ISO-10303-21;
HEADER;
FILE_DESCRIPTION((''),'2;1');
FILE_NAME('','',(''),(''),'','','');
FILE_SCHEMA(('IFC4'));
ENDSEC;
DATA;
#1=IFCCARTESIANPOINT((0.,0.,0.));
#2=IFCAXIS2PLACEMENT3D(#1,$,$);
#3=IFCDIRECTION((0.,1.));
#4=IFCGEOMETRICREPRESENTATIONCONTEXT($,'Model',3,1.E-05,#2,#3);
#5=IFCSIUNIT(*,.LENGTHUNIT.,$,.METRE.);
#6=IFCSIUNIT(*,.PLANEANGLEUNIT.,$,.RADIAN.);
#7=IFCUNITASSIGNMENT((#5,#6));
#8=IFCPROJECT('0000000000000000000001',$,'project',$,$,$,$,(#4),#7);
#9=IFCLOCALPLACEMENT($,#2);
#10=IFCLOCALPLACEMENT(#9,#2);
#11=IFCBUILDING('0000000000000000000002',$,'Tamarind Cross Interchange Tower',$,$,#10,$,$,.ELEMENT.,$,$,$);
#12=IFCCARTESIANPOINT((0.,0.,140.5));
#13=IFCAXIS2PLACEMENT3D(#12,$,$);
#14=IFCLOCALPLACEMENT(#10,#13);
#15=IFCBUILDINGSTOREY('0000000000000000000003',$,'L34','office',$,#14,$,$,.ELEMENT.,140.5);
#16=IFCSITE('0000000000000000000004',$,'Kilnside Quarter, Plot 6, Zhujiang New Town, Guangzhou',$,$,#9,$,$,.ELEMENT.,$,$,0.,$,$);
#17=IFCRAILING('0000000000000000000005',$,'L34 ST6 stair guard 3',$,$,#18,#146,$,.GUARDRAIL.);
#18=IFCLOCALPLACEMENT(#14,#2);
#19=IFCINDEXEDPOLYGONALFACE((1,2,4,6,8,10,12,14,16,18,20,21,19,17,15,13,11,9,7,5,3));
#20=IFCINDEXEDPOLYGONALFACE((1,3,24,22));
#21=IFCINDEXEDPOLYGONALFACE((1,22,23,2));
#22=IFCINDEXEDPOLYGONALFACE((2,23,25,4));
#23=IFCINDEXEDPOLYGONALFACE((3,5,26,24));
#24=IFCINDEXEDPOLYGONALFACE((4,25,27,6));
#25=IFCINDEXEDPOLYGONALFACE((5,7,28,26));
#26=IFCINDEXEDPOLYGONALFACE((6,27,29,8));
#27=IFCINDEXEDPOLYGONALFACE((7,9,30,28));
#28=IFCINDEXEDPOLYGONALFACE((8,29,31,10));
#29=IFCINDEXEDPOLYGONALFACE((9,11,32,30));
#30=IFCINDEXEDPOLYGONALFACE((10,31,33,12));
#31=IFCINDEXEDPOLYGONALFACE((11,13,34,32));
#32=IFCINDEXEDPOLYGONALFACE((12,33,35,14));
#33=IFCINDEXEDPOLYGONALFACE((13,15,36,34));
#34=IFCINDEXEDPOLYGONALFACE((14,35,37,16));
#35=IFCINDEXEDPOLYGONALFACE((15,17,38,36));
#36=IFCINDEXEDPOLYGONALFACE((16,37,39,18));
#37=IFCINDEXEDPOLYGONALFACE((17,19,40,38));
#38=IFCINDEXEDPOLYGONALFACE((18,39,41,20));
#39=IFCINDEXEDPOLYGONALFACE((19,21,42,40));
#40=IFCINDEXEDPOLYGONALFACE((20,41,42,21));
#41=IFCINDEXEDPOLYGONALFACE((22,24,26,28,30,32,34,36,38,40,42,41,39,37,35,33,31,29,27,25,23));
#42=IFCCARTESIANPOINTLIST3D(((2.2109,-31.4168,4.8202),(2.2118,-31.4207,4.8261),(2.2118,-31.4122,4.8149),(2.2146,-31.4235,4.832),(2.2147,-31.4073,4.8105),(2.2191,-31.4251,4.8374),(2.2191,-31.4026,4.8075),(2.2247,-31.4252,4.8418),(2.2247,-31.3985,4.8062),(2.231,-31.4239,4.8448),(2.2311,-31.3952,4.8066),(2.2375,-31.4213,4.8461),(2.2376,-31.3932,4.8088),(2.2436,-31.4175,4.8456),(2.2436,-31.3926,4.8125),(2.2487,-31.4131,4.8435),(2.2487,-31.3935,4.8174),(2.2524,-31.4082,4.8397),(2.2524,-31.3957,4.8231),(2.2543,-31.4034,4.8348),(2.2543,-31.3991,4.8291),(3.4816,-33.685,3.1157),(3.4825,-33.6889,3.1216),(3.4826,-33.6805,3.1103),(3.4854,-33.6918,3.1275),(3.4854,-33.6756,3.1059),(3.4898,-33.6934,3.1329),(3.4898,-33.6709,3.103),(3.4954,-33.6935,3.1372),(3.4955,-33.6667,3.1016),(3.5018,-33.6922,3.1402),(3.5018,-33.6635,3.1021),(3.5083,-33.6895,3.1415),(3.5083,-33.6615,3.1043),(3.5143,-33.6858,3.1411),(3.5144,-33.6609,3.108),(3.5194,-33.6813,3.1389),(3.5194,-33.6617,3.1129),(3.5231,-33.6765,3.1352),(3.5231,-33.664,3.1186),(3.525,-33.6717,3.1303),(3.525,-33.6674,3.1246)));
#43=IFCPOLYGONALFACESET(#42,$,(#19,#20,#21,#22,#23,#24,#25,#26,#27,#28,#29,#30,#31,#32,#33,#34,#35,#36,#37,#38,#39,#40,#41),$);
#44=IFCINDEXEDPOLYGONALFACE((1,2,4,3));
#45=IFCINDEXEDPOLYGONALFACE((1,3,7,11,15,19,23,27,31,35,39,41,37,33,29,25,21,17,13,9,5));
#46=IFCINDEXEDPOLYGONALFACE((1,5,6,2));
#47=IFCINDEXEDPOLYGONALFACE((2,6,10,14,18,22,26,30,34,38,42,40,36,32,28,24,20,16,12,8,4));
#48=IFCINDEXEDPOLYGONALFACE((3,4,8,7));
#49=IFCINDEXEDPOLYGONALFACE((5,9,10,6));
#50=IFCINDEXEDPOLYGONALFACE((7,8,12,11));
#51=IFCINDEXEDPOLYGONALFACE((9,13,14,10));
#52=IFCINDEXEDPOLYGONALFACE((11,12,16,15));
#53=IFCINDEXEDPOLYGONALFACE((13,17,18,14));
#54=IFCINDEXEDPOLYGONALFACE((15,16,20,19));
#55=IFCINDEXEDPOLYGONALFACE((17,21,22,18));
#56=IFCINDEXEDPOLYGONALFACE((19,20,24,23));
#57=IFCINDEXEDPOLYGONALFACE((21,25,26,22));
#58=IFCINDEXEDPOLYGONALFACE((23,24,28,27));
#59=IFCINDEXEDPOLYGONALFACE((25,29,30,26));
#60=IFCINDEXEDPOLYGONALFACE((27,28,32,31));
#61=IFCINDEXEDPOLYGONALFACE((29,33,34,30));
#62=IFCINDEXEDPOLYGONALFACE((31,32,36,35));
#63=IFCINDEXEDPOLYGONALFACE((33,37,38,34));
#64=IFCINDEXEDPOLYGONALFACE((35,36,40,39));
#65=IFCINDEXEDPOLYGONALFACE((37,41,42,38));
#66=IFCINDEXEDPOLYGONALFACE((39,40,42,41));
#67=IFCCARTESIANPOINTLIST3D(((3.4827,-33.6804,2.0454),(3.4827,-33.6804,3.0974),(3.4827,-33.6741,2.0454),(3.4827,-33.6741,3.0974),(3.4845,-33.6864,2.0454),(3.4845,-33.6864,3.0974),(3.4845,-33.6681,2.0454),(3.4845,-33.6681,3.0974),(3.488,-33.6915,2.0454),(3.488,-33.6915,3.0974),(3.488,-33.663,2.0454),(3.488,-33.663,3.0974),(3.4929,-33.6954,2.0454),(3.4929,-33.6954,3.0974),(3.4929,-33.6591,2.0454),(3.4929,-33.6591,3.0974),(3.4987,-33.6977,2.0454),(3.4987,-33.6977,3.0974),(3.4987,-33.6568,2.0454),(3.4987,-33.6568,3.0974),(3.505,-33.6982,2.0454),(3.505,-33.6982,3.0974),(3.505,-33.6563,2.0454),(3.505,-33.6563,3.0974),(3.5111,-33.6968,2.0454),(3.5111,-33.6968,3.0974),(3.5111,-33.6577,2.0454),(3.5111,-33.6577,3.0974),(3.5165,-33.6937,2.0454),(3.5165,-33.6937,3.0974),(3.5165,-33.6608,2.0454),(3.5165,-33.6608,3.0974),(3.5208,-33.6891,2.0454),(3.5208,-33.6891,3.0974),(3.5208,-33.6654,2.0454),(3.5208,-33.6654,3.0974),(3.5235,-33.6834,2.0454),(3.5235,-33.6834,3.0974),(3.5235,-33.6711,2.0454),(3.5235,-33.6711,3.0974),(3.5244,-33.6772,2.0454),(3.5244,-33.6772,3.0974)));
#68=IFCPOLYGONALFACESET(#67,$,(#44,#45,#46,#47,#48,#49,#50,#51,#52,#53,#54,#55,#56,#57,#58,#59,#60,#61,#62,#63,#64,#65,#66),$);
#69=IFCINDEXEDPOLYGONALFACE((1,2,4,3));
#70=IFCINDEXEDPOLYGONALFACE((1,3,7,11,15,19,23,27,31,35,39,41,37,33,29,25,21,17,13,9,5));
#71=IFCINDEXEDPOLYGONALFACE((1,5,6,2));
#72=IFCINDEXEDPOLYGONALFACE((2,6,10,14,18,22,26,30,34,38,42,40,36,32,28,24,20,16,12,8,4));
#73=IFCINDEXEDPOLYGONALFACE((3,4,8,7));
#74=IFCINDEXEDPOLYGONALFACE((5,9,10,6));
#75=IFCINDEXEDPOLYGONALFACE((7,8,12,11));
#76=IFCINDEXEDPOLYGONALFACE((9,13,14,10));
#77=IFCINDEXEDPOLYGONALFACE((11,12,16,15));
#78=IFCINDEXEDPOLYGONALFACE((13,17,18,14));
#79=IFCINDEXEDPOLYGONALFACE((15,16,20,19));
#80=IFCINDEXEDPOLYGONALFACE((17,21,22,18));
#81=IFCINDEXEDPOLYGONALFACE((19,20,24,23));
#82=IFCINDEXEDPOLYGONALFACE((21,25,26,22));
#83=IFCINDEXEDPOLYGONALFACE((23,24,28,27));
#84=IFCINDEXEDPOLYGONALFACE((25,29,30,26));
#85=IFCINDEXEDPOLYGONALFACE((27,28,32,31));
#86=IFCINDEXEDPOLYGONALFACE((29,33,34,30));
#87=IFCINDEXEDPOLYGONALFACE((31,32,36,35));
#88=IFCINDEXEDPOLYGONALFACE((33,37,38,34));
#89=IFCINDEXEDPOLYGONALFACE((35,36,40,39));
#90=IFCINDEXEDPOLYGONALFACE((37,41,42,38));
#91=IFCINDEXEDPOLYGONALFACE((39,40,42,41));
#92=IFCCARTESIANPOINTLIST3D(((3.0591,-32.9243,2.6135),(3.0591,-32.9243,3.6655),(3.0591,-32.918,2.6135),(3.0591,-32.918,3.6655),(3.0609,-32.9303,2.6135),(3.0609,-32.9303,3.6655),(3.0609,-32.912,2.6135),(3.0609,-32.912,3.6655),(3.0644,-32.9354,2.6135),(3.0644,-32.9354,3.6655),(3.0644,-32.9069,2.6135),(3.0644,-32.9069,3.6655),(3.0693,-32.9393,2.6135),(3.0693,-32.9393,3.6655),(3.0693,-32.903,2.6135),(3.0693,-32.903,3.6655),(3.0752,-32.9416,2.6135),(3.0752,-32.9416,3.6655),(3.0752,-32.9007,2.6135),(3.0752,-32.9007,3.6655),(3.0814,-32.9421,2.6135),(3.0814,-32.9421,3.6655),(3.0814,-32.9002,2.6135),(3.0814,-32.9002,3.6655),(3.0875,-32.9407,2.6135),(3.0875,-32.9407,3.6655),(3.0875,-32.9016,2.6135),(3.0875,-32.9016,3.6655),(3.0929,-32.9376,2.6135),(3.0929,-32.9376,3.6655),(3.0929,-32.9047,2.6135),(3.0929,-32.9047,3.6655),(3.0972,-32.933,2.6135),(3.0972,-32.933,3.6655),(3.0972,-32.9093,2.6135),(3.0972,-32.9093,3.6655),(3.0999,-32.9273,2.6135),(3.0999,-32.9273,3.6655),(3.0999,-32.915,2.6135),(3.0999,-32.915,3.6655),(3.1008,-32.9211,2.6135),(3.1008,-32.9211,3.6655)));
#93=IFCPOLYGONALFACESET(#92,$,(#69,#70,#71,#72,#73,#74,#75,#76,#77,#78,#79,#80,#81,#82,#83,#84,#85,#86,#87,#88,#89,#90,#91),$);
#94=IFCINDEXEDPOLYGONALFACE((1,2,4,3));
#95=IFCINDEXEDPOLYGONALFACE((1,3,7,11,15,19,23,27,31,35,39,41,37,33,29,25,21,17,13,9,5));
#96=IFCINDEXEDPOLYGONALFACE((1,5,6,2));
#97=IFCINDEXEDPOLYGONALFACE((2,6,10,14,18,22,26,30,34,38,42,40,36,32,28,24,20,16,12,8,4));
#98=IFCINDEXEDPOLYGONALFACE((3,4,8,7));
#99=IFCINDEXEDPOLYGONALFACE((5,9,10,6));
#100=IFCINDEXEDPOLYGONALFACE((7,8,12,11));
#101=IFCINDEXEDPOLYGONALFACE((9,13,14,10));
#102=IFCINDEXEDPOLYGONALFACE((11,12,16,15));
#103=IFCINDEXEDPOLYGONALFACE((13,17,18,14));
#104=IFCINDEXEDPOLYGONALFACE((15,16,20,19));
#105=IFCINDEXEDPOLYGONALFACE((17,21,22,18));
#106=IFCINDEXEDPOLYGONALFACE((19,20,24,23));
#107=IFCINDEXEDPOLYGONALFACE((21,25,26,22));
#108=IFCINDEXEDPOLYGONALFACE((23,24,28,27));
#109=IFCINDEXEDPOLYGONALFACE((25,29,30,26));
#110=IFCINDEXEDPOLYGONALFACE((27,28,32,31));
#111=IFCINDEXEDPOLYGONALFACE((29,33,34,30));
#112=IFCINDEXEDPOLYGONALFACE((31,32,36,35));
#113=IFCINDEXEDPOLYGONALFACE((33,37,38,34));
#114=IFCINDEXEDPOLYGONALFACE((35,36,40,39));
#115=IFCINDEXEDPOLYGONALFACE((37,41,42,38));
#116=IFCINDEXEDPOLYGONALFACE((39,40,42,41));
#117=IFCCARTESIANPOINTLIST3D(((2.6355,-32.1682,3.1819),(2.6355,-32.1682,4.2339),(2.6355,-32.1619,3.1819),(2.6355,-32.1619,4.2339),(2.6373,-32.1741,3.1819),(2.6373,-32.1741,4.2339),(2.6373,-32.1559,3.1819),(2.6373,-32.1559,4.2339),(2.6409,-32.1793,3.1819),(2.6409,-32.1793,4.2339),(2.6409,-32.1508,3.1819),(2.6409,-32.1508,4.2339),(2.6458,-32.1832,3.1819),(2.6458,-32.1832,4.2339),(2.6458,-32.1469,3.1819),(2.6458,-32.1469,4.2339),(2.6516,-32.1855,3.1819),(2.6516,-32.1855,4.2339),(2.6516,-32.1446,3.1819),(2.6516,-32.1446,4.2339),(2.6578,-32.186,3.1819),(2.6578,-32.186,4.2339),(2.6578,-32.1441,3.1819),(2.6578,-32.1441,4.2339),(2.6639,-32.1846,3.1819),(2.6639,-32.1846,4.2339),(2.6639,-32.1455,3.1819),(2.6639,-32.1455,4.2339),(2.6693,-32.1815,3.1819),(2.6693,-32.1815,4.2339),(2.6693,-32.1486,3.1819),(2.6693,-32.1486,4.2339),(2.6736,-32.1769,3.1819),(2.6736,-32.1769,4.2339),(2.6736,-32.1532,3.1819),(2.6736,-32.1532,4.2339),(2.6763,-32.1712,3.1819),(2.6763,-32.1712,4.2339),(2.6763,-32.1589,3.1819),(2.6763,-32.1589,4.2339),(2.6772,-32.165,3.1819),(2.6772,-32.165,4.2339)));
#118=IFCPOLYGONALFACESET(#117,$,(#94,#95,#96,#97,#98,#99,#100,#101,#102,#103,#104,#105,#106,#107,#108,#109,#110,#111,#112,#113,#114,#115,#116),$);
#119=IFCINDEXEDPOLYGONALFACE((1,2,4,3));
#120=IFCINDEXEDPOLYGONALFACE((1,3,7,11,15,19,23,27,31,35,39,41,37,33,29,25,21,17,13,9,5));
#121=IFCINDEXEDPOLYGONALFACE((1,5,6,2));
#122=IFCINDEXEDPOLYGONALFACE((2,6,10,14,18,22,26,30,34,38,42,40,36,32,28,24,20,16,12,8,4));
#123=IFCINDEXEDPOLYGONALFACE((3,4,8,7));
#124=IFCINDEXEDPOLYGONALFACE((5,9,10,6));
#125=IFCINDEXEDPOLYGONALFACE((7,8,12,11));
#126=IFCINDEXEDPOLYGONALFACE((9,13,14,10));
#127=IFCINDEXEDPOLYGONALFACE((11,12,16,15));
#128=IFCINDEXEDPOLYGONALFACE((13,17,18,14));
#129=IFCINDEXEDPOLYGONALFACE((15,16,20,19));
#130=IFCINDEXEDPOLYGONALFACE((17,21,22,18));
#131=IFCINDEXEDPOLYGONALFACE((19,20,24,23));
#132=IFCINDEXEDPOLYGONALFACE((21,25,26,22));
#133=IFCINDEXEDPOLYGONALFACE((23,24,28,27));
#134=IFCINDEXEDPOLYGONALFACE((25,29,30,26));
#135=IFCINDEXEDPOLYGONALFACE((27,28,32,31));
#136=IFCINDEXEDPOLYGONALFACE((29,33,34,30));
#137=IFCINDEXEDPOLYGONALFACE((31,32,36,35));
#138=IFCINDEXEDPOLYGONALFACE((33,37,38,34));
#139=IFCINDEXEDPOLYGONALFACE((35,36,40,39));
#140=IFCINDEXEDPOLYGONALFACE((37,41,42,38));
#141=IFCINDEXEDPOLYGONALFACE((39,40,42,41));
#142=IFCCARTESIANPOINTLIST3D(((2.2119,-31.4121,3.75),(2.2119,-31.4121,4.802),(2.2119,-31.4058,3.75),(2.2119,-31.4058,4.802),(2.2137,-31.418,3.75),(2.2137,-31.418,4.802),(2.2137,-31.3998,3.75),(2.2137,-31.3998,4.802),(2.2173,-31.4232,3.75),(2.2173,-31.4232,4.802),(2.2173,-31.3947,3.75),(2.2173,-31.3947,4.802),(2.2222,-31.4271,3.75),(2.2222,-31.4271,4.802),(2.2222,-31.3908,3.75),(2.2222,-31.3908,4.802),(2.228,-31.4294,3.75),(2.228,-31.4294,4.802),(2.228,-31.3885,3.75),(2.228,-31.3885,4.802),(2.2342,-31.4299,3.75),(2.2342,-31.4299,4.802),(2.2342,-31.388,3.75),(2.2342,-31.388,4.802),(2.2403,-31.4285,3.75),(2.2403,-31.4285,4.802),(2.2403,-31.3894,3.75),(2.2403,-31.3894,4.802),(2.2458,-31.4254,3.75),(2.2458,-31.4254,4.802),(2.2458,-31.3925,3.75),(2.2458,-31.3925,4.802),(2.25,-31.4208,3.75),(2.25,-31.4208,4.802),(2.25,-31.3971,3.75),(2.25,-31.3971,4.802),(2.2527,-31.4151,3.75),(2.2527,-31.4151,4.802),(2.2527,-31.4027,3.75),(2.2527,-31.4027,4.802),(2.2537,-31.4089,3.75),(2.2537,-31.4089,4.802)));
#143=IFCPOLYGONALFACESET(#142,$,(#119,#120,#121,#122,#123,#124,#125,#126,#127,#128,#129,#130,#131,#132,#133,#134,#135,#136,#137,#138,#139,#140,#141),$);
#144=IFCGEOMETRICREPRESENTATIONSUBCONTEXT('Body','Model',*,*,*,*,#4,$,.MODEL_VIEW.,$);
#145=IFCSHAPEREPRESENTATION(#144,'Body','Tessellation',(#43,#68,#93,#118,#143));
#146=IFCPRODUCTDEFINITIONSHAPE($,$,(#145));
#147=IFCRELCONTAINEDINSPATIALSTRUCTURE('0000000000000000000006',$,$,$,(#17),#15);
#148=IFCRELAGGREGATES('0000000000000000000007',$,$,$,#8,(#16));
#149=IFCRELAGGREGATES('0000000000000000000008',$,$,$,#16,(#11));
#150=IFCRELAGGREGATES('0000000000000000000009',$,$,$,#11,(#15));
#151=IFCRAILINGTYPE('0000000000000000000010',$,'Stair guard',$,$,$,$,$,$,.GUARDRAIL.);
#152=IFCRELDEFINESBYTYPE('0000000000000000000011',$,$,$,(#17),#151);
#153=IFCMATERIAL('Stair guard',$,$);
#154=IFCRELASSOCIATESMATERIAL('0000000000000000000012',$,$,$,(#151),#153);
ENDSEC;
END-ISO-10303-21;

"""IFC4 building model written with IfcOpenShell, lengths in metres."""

from ifc_helpers import new_model, si_unit, direction, frame, origin, origin_2d, place, context, subcontext, project, spatial, circle, extrude, material, type_object, element, save


model = new_model("IFC4")

# Units and contexts
model_context = context("Model", 3, precision=1e-05, world=origin(), true_north=direction((0.0, 1.0)))
body_context = subcontext(model_context, "Body", "Model", "MODEL_VIEW")
ifc_project = project(units=[si_unit("LENGTHUNIT", "METRE"), si_unit("PLANEANGLEUNIT", "RADIAN")], contexts=[model_context])

# Site, building, storey
site_placement = place(None, origin())
site = spatial("IfcSite", under=ifc_project, at=site_placement, Name="Kilnside Quarter, Plot 6, Zhujiang New Town, Guangzhou", CompositionType="ELEMENT", RefElevation=0.0)
building_placement = place(site_placement, origin())
building = spatial("IfcBuilding", under=site, at=building_placement, Name="Tamarind Cross Interchange Tower", CompositionType="ELEMENT")
storey_placement = place(building_placement, frame((0.0, 0.0, 140.5)))
storey = spatial("IfcBuildingStorey", under=building, at=storey_placement, Name="L34", Description="office", CompositionType="ELEMENT", Elevation=140.5)

# Railing
ifc_material_1 = material(Name="Stair guard")
railing_type_1 = type_object("IfcRailingType", Name="Stair guard", PredefinedType="GUARDRAIL", material=ifc_material_1)
railing_1_placement = place(storey_placement, frame((3.5034, -33.6772, 2.0454)))
element("IfcRailing", 1, at=railing_1_placement, inside=storey, type_object=railing_type_1, Name="L34 ST6 stair guard 3", PredefinedType="GUARDRAIL", context=body_context, shape_type="SweptSolid", body=[
    extrude(circle(Radius=0.0239, at=origin_2d()), frame((0.0, 0.0, 1.0762), z_axis=(-0.408738, 0.729603, 0.548282), x_axis=(-0.872424, -0.488749, 0.0)), (0.0, 0.0, 1.0), 3.1089),
    extrude(circle(Radius=0.021, at=origin_2d()), origin(), (0.0, 0.0, 1.0), 1.052),
    extrude(circle(Radius=0.021, at=origin_2d()), frame((-0.4236, 0.7561, 0.5681)), (0.0, 0.0, 1.0), 1.052),
    extrude(circle(Radius=0.021, at=origin_2d()), frame((-0.8472, 1.5122, 1.1365)), (0.0, 0.0, 1.0), 1.052),
    extrude(circle(Radius=0.021, at=origin_2d()), frame((-1.2708, 2.2683, 1.7046)), (0.0, 0.0, 1.0), 1.052),
])

save(model, "model.ifc")
